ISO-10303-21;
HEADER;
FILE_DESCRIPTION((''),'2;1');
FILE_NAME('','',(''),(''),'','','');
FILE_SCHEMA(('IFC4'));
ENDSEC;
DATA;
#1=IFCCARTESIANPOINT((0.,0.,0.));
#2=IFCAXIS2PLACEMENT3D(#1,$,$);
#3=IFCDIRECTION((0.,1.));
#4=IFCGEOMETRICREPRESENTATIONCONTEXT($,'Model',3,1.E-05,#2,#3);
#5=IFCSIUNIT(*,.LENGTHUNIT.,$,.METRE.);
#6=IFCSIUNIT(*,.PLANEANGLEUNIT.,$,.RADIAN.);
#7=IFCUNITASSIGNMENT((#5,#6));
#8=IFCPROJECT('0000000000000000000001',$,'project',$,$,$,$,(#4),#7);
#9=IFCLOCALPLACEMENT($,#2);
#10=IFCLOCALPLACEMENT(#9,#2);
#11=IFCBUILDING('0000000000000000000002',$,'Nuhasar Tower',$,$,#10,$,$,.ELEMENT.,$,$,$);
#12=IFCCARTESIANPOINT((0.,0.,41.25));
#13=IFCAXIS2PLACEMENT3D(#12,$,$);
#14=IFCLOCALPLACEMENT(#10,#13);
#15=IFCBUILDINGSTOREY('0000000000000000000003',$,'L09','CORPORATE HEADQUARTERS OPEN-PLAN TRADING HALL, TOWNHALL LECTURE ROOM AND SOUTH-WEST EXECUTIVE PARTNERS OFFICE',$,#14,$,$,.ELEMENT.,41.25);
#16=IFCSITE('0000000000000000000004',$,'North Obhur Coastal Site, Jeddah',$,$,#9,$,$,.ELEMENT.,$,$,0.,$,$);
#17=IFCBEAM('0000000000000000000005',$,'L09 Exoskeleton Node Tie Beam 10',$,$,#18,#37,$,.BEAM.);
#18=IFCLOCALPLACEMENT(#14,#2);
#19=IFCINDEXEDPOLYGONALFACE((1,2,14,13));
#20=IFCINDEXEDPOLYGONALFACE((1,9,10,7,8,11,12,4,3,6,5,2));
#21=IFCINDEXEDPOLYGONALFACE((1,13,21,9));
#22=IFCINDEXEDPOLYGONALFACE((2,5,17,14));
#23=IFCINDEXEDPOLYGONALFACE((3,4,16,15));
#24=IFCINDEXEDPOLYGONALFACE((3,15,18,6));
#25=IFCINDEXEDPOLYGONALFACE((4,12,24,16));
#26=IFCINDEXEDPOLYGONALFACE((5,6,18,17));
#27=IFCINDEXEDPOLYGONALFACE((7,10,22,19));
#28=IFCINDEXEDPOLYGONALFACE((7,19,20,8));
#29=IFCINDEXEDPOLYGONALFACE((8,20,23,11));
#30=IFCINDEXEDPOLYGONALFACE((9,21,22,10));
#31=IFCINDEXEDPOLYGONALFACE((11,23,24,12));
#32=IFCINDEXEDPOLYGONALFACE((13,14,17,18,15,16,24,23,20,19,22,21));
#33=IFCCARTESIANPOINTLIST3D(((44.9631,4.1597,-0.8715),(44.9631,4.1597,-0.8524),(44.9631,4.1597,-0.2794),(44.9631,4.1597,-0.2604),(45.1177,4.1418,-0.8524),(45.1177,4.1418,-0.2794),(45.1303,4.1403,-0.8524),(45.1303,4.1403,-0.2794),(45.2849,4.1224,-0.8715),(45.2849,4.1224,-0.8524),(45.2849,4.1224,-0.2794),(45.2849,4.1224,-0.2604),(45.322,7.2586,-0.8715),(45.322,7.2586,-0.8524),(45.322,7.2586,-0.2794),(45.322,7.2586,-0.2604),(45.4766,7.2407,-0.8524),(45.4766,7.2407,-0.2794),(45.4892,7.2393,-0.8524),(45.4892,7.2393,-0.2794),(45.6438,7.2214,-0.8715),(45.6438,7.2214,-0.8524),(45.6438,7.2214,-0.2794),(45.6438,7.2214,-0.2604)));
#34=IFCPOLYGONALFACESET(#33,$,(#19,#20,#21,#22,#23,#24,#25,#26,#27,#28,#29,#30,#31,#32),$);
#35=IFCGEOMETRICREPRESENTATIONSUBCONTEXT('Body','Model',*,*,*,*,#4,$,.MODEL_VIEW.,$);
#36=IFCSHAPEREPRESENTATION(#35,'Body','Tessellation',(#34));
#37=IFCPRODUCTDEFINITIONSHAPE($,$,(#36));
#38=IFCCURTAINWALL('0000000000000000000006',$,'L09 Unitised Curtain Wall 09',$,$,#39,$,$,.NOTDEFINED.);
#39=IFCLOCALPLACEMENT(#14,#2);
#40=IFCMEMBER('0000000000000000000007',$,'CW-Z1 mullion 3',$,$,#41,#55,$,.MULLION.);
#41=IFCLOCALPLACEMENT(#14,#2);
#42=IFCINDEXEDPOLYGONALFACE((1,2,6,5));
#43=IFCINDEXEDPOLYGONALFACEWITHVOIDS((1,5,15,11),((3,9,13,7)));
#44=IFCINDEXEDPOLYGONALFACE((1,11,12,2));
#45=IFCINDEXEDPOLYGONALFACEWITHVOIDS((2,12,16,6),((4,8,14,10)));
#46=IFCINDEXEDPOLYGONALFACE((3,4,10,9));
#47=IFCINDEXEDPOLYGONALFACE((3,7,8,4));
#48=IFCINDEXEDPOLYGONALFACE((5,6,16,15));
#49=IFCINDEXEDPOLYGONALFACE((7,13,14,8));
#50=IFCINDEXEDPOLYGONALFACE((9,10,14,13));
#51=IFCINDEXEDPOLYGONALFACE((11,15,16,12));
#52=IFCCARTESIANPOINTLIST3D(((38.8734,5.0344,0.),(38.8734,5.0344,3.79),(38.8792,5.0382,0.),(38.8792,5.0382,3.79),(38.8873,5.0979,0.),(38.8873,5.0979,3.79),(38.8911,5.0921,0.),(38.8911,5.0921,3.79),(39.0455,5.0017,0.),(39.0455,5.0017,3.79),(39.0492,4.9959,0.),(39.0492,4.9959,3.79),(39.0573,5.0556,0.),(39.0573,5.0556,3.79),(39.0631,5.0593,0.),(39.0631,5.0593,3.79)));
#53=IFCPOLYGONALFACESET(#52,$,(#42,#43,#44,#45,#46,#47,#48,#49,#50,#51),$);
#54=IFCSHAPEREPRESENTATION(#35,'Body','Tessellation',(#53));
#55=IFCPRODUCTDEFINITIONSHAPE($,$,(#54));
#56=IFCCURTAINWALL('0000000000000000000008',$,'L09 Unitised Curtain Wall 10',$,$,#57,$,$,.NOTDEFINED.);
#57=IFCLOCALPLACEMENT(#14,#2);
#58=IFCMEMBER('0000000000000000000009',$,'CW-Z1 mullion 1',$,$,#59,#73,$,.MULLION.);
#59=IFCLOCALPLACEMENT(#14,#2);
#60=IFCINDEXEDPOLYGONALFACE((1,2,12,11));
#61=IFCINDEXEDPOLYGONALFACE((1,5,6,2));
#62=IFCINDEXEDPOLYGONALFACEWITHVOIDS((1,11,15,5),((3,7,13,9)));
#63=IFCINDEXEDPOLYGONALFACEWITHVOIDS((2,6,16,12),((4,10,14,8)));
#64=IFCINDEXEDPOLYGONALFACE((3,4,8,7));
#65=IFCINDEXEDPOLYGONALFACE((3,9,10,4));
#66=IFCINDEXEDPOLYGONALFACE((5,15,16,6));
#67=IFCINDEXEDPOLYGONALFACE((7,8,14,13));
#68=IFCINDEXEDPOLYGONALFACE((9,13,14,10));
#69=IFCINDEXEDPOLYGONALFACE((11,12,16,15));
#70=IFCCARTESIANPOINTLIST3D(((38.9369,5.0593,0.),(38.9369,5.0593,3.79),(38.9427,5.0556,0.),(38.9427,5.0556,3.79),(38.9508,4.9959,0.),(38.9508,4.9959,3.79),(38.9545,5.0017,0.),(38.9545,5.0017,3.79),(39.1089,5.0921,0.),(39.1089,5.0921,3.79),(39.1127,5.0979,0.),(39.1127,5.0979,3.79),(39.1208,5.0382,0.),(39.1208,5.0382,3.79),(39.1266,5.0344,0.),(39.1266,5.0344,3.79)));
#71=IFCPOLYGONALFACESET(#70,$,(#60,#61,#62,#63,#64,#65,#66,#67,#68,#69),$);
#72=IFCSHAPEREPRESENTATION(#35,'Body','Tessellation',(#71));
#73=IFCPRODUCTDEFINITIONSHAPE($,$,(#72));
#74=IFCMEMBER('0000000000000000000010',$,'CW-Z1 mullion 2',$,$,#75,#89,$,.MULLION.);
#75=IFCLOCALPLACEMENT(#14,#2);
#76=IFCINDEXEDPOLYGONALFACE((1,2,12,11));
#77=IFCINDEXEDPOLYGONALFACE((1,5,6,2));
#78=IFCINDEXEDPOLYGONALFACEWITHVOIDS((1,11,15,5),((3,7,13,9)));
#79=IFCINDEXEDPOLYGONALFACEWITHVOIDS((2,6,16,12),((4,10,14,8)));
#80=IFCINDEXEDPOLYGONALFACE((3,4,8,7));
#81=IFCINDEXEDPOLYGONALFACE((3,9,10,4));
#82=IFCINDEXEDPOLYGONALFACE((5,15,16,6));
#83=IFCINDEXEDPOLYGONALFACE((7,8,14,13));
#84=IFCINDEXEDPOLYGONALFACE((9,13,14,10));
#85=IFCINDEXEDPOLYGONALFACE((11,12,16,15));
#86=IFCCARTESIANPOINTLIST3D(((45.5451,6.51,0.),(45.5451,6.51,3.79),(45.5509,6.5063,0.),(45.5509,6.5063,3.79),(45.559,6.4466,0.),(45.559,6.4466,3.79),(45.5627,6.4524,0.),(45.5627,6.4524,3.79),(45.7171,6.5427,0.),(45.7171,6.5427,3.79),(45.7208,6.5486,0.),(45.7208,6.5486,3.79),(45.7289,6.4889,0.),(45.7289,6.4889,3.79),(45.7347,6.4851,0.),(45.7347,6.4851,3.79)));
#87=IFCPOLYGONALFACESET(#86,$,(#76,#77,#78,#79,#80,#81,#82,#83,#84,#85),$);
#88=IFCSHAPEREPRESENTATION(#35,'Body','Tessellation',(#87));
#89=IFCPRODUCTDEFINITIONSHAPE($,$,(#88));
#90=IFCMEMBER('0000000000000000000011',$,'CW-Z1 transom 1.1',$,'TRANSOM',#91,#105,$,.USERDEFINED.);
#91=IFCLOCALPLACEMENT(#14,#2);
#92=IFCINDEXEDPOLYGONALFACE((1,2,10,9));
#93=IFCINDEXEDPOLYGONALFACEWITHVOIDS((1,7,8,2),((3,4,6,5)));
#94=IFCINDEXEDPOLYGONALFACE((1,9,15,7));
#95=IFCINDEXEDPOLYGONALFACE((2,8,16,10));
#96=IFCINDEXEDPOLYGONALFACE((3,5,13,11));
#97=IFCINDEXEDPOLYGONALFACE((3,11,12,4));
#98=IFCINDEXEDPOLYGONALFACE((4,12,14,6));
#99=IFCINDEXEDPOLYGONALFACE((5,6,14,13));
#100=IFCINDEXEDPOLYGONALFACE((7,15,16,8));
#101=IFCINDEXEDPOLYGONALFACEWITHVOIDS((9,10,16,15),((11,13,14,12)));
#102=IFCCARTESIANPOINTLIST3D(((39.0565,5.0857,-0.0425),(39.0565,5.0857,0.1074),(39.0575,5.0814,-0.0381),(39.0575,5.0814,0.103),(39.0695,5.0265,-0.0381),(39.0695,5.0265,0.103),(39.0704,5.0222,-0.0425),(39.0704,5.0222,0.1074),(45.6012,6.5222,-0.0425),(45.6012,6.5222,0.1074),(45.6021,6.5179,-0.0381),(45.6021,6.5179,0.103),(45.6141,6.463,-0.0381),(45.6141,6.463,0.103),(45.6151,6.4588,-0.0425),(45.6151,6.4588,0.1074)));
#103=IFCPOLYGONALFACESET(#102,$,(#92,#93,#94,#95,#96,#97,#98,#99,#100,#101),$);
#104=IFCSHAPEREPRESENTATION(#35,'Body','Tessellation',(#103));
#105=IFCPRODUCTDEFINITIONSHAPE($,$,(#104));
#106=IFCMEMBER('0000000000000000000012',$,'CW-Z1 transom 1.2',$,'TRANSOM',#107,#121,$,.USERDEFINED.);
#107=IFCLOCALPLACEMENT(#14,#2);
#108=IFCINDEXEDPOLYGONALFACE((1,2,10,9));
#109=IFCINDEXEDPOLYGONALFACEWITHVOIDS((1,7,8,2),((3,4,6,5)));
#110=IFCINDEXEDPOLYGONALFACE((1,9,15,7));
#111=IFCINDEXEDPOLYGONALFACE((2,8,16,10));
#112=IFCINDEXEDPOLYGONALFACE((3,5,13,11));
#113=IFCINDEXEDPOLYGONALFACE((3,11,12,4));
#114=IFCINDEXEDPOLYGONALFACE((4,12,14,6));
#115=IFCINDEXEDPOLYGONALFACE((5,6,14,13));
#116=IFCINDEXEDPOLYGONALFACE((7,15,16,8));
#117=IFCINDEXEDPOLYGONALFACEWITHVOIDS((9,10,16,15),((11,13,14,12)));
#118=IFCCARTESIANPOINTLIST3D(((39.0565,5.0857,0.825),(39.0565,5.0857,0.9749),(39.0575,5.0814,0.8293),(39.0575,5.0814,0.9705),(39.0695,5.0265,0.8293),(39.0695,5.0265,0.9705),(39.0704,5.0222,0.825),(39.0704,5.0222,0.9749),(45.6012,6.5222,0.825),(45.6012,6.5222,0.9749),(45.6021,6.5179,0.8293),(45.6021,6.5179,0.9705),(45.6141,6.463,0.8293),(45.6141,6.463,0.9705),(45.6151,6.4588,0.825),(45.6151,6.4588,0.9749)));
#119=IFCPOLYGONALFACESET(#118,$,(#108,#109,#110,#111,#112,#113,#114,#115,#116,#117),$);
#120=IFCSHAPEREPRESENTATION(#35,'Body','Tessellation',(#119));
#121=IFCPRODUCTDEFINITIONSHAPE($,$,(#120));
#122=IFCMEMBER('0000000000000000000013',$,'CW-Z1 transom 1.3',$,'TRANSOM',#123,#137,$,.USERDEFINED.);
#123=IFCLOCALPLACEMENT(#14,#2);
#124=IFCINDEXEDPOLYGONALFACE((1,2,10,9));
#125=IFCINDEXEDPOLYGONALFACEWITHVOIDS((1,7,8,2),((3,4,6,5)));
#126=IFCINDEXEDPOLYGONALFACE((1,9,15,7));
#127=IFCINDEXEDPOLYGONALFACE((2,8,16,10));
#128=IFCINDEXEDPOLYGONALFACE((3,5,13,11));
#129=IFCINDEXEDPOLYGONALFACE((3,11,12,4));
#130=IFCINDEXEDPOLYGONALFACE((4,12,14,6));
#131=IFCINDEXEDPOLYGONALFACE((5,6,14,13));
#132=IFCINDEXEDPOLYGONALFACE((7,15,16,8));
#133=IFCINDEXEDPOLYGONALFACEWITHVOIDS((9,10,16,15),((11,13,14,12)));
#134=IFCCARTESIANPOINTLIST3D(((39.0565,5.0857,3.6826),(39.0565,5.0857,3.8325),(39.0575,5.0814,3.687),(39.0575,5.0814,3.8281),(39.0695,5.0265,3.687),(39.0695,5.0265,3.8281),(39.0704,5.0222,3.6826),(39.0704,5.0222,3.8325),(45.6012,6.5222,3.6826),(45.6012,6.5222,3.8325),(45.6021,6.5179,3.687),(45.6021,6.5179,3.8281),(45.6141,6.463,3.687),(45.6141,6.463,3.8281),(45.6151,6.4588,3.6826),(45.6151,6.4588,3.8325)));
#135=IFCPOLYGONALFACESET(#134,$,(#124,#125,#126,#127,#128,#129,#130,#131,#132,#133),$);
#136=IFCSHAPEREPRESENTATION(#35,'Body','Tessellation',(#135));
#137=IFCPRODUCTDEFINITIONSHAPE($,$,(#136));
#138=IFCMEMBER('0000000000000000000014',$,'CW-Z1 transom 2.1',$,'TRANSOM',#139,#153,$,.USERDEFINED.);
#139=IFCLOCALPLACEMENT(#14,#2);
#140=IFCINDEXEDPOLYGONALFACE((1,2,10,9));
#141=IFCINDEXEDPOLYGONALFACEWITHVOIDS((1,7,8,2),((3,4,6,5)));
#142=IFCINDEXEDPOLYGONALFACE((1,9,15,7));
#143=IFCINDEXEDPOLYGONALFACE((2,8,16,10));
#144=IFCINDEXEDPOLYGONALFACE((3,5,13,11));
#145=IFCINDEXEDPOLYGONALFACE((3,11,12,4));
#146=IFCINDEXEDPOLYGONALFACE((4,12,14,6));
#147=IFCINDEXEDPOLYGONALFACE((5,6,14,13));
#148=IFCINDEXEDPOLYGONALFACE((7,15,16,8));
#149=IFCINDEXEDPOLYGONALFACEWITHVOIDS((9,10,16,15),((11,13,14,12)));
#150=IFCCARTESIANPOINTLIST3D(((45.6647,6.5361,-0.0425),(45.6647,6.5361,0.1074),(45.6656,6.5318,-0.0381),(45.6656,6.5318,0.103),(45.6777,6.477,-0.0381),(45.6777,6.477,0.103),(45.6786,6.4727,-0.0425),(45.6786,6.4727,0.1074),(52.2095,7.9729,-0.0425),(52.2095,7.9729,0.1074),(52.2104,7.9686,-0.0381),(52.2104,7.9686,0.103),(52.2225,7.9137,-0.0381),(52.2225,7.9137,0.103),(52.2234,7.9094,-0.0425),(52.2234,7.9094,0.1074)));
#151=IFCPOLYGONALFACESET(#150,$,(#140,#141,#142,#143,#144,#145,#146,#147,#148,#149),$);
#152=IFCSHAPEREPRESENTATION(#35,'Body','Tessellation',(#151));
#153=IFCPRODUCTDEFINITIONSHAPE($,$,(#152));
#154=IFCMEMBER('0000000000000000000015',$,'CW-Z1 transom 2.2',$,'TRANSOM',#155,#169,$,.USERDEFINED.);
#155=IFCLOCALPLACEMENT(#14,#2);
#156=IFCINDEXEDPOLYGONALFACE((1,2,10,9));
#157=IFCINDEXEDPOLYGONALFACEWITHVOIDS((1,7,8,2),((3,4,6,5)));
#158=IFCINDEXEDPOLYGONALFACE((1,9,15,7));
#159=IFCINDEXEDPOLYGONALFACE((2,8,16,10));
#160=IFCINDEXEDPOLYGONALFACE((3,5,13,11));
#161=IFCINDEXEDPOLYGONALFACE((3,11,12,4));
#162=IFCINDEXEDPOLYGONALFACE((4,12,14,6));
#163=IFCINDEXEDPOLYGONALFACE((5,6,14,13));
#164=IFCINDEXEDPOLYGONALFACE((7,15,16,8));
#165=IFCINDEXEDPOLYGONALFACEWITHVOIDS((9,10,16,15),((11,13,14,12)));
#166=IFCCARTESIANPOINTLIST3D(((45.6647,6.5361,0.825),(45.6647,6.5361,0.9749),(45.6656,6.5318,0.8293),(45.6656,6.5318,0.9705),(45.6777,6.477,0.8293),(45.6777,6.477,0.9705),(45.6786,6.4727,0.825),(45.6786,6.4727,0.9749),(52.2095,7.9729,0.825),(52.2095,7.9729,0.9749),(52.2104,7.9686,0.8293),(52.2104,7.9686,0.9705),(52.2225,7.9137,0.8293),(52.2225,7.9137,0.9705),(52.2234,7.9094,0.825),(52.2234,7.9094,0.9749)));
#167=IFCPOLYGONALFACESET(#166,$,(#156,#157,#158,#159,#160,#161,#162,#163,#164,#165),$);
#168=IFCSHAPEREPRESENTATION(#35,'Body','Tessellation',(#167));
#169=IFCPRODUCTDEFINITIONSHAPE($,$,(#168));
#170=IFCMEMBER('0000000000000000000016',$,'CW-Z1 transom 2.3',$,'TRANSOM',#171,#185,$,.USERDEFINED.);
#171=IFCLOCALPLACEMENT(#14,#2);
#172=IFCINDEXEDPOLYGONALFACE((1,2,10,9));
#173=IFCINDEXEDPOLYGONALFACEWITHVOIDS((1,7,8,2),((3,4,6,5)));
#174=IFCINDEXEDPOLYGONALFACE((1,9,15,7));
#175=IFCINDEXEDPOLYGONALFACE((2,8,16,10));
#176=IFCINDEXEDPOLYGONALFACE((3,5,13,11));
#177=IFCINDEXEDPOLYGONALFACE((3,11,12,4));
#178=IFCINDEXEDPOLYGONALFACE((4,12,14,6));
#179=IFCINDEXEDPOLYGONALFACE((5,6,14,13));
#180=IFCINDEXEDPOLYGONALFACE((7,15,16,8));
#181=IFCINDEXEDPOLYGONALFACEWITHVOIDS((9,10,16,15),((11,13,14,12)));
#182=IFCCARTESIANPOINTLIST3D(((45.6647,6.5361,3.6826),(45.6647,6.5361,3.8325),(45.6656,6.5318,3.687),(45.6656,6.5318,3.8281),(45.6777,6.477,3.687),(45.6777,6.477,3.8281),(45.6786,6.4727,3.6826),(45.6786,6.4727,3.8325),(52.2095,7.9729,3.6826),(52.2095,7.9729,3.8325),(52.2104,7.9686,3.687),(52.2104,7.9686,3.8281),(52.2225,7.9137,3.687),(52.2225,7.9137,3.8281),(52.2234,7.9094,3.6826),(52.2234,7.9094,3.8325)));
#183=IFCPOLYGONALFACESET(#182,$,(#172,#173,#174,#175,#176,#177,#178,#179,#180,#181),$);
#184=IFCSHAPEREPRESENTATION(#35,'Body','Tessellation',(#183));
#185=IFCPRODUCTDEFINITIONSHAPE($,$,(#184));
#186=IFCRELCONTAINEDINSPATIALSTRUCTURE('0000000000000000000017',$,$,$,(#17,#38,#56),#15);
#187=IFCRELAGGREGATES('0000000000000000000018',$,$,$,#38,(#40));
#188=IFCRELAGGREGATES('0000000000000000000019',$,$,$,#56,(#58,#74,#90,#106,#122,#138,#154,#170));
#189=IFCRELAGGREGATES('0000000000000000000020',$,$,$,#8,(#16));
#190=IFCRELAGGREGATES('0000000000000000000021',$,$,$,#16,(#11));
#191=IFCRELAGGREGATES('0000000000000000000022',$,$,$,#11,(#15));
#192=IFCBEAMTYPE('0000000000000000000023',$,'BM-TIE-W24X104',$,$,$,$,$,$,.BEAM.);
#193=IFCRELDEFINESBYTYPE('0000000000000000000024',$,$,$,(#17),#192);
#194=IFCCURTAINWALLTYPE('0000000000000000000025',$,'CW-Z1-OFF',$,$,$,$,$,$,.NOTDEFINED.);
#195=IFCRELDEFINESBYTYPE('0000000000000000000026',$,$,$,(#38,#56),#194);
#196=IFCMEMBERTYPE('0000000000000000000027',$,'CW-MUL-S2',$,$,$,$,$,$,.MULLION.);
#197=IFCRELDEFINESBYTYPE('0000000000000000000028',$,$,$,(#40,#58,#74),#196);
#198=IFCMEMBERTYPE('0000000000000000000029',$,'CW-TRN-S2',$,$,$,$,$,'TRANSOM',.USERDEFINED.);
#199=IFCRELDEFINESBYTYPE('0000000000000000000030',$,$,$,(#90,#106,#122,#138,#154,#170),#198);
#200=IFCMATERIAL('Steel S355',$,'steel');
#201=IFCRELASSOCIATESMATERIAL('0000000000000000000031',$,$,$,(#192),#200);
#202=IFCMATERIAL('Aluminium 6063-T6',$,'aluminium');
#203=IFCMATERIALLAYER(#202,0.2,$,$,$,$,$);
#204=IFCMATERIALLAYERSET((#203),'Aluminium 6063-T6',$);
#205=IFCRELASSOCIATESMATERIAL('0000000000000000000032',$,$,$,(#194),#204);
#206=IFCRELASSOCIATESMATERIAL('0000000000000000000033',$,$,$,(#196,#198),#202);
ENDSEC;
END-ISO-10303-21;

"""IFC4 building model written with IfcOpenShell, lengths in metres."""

from ifc_helpers import new_model, si_unit, direction, frame, origin, origin_2d, place, context, subcontext, project, spatial, hollow_rectangle, i_section, extrude, material, layer, layer_set, material_profile, profile_set, type_object, element, aggregate, save


model = new_model("IFC4")

# Units and contexts
model_context = context("Model", 3, precision=1e-05, world=origin(), true_north=direction((0.0, 1.0)))
body_context = subcontext(model_context, "Body", "Model", "MODEL_VIEW")
ifc_project = project(units=[si_unit("LENGTHUNIT", "METRE"), si_unit("PLANEANGLEUNIT", "RADIAN")], contexts=[model_context])

# Site, building, storey
site_placement = place(None, origin())
site = spatial("IfcSite", under=ifc_project, at=site_placement, Name="North Obhur Coastal Site, Jeddah", CompositionType="ELEMENT", RefElevation=0.0)
building_placement = place(site_placement, origin())
building = spatial("IfcBuilding", under=site, at=building_placement, Name="Nuhasar Tower", CompositionType="ELEMENT")
storey_placement = place(building_placement, frame((0.0, 0.0, 41.25)))
storey = spatial("IfcBuildingStorey", under=building, at=storey_placement, Name="L09", Description="CORPORATE HEADQUARTERS OPEN-PLAN TRADING HALL, TOWNHALL LECTURE ROOM AND SOUTH-WEST EXECUTIVE PARTNERS OFFICE", CompositionType="ELEMENT", Elevation=41.25)

# Beam
ifc_material_1 = material(Name="Steel S355", Category="steel")
ifc_material_profile_1 = material_profile(ifc_material_1, i_section(OverallWidth=0.324, OverallDepth=0.6111, WebThickness=0.0127, FlangeThickness=0.019, at=origin_2d()), Name="W24X104")
ifc_profile_set_1 = profile_set([ifc_material_profile_1], Name="Steel S355")
beam_type_1 = type_object("IfcBeamType", Name="BM-TIE-W24X104", PredefinedType="BEAM", material=ifc_profile_set_1)
beam_1_placement = place(storey_placement, frame((45.4829, 7.24, -0.5659), z_axis=(-0.115043, -0.993361, 0.0), x_axis=(0.993361, -0.115043, 0.0)))
element("IfcBeam", 1, at=beam_1_placement, inside=storey, type_object=beam_type_1, Name="L09 Exoskeleton Node Tie Beam 10", PredefinedType="BEAM", context=body_context, shape_type="SweptSolid", body=[
    extrude(i_section(OverallWidth=0.324, OverallDepth=0.6111, WebThickness=0.0127, FlangeThickness=0.019, at=origin_2d()), origin(), (0.0, 0.0, 1.0), 3.1196),
])

# Curtain wall, member
ifc_material_2 = material(Name="Aluminium 6063-T6", Category="aluminium")
ifc_layer_1 = layer(ifc_material_2, 0.2)
ifc_layer_set_1 = layer_set([ifc_layer_1], Name="Aluminium 6063-T6")
curtain_wall_type = type_object("IfcCurtainWallType", Name="CW-Z1-OFF", PredefinedType="NOTDEFINED", material=ifc_layer_set_1)
curtain_wall_1_placement = place(storey_placement, origin())
curtain_wall_1 = element("IfcCurtainWall", 2, at=curtain_wall_1_placement, inside=storey, type_object=curtain_wall_type, Name="L09 Unitised Curtain Wall 09", PredefinedType="NOTDEFINED")
ifc_material_profile_2 = material_profile(ifc_material_2, hollow_rectangle(XDim=0.0649, YDim=0.1799, WallThickness=0.0049, at=origin_2d()), Name="CWM-2")
ifc_profile_set_2 = profile_set([ifc_material_profile_2], Name="Aluminium 6063-T6")
member_type_1 = type_object("IfcMemberType", Name="CW-MUL-S2", PredefinedType="MULLION", material=ifc_profile_set_2)
member_1_placement = place(storey_placement, frame((38.9683, 5.0469, 0.0), z_axis=(0.0, 0.0, 1.0), x_axis=(0.214399, 0.976746, 0.0)))
member_1 = element("IfcMember", 3, at=member_1_placement, type_object=member_type_1, Name="CW-Z1 mullion 3", PredefinedType="MULLION", context=body_context, shape_type="SweptSolid", body=[
    extrude(hollow_rectangle(XDim=0.0649, YDim=0.1799, WallThickness=0.0049, at=origin_2d()), origin(), (0.0, 0.0, 1.0), 3.79),
])
aggregate(curtain_wall_1, [member_1])

# Curtain wall, members
curtain_wall_2_placement = place(storey_placement, origin())
curtain_wall_2 = element("IfcCurtainWall", 4, at=curtain_wall_2_placement, inside=storey, type_object=curtain_wall_type, Name="L09 Unitised Curtain Wall 10", PredefinedType="NOTDEFINED")
member_2_placement = place(storey_placement, frame((39.0317, 5.0469, 0.0), z_axis=(0.0, 0.0, 1.0), x_axis=(-0.214399, 0.976746, 0.0)))
member_2 = element("IfcMember", 5, at=member_2_placement, type_object=member_type_1, Name="CW-Z1 mullion 1", PredefinedType="MULLION", context=body_context, shape_type="SweptSolid", body=[
    extrude(hollow_rectangle(XDim=0.0649, YDim=0.1799, WallThickness=0.0049, at=origin_2d()), origin(), (0.0, 0.0, 1.0), 3.79),
])
member_3_placement = place(storey_placement, frame((45.6399, 6.4976, 0.0), z_axis=(0.0, 0.0, 1.0), x_axis=(-0.214399, 0.976746, 0.0)))
member_3 = element("IfcMember", 6, at=member_3_placement, type_object=member_type_1, Name="CW-Z1 mullion 2", PredefinedType="MULLION", context=body_context, shape_type="SweptSolid", body=[
    extrude(hollow_rectangle(XDim=0.0649, YDim=0.1799, WallThickness=0.0049, at=origin_2d()), origin(), (0.0, 0.0, 1.0), 3.79),
])
ifc_material_profile_3 = material_profile(ifc_material_2, hollow_rectangle(XDim=0.0649, YDim=0.1499, WallThickness=0.0044, at=origin_2d()), Name="CWT-2")
ifc_profile_set_3 = profile_set([ifc_material_profile_3], Name="Aluminium 6063-T6")
member_type_2 = type_object("IfcMemberType", Name="CW-TRN-S2", ElementType="TRANSOM", PredefinedType="USERDEFINED", material=ifc_profile_set_3)
member_4_placement = place(storey_placement, frame((39.0635, 5.054, 0.0325), z_axis=(0.976748, 0.214391, 0.0), x_axis=(-0.214391, 0.976748, 0.0)))
member_4 = element("IfcMember", 7, at=member_4_placement, type_object=member_type_2, Name="CW-Z1 transom 1.1", ObjectType="TRANSOM", PredefinedType="USERDEFINED", context=body_context, shape_type="SweptSolid", body=[
    extrude(hollow_rectangle(XDim=0.0649, YDim=0.1499, WallThickness=0.0044, at=origin_2d()), origin(), (0.0, 0.0, 1.0), 6.7004),
])
member_5_placement = place(storey_placement, frame((39.0635, 5.054, 0.8999), z_axis=(0.976748, 0.214391, 0.0), x_axis=(-0.214391, 0.976748, 0.0)))
member_5 = element("IfcMember", 8, at=member_5_placement, type_object=member_type_2, Name="CW-Z1 transom 1.2", ObjectType="TRANSOM", PredefinedType="USERDEFINED", context=body_context, shape_type="SweptSolid", body=[
    extrude(hollow_rectangle(XDim=0.0649, YDim=0.1499, WallThickness=0.0044, at=origin_2d()), origin(), (0.0, 0.0, 1.0), 6.7004),
])
member_6_placement = place(storey_placement, frame((39.0635, 5.054, 3.7576), z_axis=(0.976748, 0.214391, 0.0), x_axis=(-0.214391, 0.976748, 0.0)))
member_6 = element("IfcMember", 9, at=member_6_placement, type_object=member_type_2, Name="CW-Z1 transom 1.3", ObjectType="TRANSOM", PredefinedType="USERDEFINED", context=body_context, shape_type="SweptSolid", body=[
    extrude(hollow_rectangle(XDim=0.0649, YDim=0.1499, WallThickness=0.0044, at=origin_2d()), origin(), (0.0, 0.0, 1.0), 6.7004),
])
member_7_placement = place(storey_placement, frame((45.6716, 6.5044, 0.0325), z_axis=(0.976742, 0.214418, 0.0), x_axis=(-0.214418, 0.976742, 0.0)))
member_7 = element("IfcMember", 10, at=member_7_placement, type_object=member_type_2, Name="CW-Z1 transom 2.1", ObjectType="TRANSOM", PredefinedType="USERDEFINED", context=body_context, shape_type="SweptSolid", body=[
    extrude(hollow_rectangle(XDim=0.0649, YDim=0.1499, WallThickness=0.0044, at=origin_2d()), origin(), (0.0, 0.0, 1.0), 6.7007),
])
member_8_placement = place(storey_placement, frame((45.6716, 6.5044, 0.8999), z_axis=(0.976742, 0.214418, 0.0), x_axis=(-0.214418, 0.976742, 0.0)))
member_8 = element("IfcMember", 11, at=member_8_placement, type_object=member_type_2, Name="CW-Z1 transom 2.2", ObjectType="TRANSOM", PredefinedType="USERDEFINED", context=body_context, shape_type="SweptSolid", body=[
    extrude(hollow_rectangle(XDim=0.0649, YDim=0.1499, WallThickness=0.0044, at=origin_2d()), origin(), (0.0, 0.0, 1.0), 6.7007),
])
member_9_placement = place(storey_placement, frame((45.6716, 6.5044, 3.7576), z_axis=(0.976742, 0.214418, 0.0), x_axis=(-0.214418, 0.976742, 0.0)))
member_9 = element("IfcMember", 12, at=member_9_placement, type_object=member_type_2, Name="CW-Z1 transom 2.3", ObjectType="TRANSOM", PredefinedType="USERDEFINED", context=body_context, shape_type="SweptSolid", body=[
    extrude(hollow_rectangle(XDim=0.0649, YDim=0.1499, WallThickness=0.0044, at=origin_2d()), origin(), (0.0, 0.0, 1.0), 6.7007),
])

aggregate(curtain_wall_2, [member_2, member_3, member_4, member_5, member_6, member_7, member_8, member_9])

save(model, "model.ifc")
